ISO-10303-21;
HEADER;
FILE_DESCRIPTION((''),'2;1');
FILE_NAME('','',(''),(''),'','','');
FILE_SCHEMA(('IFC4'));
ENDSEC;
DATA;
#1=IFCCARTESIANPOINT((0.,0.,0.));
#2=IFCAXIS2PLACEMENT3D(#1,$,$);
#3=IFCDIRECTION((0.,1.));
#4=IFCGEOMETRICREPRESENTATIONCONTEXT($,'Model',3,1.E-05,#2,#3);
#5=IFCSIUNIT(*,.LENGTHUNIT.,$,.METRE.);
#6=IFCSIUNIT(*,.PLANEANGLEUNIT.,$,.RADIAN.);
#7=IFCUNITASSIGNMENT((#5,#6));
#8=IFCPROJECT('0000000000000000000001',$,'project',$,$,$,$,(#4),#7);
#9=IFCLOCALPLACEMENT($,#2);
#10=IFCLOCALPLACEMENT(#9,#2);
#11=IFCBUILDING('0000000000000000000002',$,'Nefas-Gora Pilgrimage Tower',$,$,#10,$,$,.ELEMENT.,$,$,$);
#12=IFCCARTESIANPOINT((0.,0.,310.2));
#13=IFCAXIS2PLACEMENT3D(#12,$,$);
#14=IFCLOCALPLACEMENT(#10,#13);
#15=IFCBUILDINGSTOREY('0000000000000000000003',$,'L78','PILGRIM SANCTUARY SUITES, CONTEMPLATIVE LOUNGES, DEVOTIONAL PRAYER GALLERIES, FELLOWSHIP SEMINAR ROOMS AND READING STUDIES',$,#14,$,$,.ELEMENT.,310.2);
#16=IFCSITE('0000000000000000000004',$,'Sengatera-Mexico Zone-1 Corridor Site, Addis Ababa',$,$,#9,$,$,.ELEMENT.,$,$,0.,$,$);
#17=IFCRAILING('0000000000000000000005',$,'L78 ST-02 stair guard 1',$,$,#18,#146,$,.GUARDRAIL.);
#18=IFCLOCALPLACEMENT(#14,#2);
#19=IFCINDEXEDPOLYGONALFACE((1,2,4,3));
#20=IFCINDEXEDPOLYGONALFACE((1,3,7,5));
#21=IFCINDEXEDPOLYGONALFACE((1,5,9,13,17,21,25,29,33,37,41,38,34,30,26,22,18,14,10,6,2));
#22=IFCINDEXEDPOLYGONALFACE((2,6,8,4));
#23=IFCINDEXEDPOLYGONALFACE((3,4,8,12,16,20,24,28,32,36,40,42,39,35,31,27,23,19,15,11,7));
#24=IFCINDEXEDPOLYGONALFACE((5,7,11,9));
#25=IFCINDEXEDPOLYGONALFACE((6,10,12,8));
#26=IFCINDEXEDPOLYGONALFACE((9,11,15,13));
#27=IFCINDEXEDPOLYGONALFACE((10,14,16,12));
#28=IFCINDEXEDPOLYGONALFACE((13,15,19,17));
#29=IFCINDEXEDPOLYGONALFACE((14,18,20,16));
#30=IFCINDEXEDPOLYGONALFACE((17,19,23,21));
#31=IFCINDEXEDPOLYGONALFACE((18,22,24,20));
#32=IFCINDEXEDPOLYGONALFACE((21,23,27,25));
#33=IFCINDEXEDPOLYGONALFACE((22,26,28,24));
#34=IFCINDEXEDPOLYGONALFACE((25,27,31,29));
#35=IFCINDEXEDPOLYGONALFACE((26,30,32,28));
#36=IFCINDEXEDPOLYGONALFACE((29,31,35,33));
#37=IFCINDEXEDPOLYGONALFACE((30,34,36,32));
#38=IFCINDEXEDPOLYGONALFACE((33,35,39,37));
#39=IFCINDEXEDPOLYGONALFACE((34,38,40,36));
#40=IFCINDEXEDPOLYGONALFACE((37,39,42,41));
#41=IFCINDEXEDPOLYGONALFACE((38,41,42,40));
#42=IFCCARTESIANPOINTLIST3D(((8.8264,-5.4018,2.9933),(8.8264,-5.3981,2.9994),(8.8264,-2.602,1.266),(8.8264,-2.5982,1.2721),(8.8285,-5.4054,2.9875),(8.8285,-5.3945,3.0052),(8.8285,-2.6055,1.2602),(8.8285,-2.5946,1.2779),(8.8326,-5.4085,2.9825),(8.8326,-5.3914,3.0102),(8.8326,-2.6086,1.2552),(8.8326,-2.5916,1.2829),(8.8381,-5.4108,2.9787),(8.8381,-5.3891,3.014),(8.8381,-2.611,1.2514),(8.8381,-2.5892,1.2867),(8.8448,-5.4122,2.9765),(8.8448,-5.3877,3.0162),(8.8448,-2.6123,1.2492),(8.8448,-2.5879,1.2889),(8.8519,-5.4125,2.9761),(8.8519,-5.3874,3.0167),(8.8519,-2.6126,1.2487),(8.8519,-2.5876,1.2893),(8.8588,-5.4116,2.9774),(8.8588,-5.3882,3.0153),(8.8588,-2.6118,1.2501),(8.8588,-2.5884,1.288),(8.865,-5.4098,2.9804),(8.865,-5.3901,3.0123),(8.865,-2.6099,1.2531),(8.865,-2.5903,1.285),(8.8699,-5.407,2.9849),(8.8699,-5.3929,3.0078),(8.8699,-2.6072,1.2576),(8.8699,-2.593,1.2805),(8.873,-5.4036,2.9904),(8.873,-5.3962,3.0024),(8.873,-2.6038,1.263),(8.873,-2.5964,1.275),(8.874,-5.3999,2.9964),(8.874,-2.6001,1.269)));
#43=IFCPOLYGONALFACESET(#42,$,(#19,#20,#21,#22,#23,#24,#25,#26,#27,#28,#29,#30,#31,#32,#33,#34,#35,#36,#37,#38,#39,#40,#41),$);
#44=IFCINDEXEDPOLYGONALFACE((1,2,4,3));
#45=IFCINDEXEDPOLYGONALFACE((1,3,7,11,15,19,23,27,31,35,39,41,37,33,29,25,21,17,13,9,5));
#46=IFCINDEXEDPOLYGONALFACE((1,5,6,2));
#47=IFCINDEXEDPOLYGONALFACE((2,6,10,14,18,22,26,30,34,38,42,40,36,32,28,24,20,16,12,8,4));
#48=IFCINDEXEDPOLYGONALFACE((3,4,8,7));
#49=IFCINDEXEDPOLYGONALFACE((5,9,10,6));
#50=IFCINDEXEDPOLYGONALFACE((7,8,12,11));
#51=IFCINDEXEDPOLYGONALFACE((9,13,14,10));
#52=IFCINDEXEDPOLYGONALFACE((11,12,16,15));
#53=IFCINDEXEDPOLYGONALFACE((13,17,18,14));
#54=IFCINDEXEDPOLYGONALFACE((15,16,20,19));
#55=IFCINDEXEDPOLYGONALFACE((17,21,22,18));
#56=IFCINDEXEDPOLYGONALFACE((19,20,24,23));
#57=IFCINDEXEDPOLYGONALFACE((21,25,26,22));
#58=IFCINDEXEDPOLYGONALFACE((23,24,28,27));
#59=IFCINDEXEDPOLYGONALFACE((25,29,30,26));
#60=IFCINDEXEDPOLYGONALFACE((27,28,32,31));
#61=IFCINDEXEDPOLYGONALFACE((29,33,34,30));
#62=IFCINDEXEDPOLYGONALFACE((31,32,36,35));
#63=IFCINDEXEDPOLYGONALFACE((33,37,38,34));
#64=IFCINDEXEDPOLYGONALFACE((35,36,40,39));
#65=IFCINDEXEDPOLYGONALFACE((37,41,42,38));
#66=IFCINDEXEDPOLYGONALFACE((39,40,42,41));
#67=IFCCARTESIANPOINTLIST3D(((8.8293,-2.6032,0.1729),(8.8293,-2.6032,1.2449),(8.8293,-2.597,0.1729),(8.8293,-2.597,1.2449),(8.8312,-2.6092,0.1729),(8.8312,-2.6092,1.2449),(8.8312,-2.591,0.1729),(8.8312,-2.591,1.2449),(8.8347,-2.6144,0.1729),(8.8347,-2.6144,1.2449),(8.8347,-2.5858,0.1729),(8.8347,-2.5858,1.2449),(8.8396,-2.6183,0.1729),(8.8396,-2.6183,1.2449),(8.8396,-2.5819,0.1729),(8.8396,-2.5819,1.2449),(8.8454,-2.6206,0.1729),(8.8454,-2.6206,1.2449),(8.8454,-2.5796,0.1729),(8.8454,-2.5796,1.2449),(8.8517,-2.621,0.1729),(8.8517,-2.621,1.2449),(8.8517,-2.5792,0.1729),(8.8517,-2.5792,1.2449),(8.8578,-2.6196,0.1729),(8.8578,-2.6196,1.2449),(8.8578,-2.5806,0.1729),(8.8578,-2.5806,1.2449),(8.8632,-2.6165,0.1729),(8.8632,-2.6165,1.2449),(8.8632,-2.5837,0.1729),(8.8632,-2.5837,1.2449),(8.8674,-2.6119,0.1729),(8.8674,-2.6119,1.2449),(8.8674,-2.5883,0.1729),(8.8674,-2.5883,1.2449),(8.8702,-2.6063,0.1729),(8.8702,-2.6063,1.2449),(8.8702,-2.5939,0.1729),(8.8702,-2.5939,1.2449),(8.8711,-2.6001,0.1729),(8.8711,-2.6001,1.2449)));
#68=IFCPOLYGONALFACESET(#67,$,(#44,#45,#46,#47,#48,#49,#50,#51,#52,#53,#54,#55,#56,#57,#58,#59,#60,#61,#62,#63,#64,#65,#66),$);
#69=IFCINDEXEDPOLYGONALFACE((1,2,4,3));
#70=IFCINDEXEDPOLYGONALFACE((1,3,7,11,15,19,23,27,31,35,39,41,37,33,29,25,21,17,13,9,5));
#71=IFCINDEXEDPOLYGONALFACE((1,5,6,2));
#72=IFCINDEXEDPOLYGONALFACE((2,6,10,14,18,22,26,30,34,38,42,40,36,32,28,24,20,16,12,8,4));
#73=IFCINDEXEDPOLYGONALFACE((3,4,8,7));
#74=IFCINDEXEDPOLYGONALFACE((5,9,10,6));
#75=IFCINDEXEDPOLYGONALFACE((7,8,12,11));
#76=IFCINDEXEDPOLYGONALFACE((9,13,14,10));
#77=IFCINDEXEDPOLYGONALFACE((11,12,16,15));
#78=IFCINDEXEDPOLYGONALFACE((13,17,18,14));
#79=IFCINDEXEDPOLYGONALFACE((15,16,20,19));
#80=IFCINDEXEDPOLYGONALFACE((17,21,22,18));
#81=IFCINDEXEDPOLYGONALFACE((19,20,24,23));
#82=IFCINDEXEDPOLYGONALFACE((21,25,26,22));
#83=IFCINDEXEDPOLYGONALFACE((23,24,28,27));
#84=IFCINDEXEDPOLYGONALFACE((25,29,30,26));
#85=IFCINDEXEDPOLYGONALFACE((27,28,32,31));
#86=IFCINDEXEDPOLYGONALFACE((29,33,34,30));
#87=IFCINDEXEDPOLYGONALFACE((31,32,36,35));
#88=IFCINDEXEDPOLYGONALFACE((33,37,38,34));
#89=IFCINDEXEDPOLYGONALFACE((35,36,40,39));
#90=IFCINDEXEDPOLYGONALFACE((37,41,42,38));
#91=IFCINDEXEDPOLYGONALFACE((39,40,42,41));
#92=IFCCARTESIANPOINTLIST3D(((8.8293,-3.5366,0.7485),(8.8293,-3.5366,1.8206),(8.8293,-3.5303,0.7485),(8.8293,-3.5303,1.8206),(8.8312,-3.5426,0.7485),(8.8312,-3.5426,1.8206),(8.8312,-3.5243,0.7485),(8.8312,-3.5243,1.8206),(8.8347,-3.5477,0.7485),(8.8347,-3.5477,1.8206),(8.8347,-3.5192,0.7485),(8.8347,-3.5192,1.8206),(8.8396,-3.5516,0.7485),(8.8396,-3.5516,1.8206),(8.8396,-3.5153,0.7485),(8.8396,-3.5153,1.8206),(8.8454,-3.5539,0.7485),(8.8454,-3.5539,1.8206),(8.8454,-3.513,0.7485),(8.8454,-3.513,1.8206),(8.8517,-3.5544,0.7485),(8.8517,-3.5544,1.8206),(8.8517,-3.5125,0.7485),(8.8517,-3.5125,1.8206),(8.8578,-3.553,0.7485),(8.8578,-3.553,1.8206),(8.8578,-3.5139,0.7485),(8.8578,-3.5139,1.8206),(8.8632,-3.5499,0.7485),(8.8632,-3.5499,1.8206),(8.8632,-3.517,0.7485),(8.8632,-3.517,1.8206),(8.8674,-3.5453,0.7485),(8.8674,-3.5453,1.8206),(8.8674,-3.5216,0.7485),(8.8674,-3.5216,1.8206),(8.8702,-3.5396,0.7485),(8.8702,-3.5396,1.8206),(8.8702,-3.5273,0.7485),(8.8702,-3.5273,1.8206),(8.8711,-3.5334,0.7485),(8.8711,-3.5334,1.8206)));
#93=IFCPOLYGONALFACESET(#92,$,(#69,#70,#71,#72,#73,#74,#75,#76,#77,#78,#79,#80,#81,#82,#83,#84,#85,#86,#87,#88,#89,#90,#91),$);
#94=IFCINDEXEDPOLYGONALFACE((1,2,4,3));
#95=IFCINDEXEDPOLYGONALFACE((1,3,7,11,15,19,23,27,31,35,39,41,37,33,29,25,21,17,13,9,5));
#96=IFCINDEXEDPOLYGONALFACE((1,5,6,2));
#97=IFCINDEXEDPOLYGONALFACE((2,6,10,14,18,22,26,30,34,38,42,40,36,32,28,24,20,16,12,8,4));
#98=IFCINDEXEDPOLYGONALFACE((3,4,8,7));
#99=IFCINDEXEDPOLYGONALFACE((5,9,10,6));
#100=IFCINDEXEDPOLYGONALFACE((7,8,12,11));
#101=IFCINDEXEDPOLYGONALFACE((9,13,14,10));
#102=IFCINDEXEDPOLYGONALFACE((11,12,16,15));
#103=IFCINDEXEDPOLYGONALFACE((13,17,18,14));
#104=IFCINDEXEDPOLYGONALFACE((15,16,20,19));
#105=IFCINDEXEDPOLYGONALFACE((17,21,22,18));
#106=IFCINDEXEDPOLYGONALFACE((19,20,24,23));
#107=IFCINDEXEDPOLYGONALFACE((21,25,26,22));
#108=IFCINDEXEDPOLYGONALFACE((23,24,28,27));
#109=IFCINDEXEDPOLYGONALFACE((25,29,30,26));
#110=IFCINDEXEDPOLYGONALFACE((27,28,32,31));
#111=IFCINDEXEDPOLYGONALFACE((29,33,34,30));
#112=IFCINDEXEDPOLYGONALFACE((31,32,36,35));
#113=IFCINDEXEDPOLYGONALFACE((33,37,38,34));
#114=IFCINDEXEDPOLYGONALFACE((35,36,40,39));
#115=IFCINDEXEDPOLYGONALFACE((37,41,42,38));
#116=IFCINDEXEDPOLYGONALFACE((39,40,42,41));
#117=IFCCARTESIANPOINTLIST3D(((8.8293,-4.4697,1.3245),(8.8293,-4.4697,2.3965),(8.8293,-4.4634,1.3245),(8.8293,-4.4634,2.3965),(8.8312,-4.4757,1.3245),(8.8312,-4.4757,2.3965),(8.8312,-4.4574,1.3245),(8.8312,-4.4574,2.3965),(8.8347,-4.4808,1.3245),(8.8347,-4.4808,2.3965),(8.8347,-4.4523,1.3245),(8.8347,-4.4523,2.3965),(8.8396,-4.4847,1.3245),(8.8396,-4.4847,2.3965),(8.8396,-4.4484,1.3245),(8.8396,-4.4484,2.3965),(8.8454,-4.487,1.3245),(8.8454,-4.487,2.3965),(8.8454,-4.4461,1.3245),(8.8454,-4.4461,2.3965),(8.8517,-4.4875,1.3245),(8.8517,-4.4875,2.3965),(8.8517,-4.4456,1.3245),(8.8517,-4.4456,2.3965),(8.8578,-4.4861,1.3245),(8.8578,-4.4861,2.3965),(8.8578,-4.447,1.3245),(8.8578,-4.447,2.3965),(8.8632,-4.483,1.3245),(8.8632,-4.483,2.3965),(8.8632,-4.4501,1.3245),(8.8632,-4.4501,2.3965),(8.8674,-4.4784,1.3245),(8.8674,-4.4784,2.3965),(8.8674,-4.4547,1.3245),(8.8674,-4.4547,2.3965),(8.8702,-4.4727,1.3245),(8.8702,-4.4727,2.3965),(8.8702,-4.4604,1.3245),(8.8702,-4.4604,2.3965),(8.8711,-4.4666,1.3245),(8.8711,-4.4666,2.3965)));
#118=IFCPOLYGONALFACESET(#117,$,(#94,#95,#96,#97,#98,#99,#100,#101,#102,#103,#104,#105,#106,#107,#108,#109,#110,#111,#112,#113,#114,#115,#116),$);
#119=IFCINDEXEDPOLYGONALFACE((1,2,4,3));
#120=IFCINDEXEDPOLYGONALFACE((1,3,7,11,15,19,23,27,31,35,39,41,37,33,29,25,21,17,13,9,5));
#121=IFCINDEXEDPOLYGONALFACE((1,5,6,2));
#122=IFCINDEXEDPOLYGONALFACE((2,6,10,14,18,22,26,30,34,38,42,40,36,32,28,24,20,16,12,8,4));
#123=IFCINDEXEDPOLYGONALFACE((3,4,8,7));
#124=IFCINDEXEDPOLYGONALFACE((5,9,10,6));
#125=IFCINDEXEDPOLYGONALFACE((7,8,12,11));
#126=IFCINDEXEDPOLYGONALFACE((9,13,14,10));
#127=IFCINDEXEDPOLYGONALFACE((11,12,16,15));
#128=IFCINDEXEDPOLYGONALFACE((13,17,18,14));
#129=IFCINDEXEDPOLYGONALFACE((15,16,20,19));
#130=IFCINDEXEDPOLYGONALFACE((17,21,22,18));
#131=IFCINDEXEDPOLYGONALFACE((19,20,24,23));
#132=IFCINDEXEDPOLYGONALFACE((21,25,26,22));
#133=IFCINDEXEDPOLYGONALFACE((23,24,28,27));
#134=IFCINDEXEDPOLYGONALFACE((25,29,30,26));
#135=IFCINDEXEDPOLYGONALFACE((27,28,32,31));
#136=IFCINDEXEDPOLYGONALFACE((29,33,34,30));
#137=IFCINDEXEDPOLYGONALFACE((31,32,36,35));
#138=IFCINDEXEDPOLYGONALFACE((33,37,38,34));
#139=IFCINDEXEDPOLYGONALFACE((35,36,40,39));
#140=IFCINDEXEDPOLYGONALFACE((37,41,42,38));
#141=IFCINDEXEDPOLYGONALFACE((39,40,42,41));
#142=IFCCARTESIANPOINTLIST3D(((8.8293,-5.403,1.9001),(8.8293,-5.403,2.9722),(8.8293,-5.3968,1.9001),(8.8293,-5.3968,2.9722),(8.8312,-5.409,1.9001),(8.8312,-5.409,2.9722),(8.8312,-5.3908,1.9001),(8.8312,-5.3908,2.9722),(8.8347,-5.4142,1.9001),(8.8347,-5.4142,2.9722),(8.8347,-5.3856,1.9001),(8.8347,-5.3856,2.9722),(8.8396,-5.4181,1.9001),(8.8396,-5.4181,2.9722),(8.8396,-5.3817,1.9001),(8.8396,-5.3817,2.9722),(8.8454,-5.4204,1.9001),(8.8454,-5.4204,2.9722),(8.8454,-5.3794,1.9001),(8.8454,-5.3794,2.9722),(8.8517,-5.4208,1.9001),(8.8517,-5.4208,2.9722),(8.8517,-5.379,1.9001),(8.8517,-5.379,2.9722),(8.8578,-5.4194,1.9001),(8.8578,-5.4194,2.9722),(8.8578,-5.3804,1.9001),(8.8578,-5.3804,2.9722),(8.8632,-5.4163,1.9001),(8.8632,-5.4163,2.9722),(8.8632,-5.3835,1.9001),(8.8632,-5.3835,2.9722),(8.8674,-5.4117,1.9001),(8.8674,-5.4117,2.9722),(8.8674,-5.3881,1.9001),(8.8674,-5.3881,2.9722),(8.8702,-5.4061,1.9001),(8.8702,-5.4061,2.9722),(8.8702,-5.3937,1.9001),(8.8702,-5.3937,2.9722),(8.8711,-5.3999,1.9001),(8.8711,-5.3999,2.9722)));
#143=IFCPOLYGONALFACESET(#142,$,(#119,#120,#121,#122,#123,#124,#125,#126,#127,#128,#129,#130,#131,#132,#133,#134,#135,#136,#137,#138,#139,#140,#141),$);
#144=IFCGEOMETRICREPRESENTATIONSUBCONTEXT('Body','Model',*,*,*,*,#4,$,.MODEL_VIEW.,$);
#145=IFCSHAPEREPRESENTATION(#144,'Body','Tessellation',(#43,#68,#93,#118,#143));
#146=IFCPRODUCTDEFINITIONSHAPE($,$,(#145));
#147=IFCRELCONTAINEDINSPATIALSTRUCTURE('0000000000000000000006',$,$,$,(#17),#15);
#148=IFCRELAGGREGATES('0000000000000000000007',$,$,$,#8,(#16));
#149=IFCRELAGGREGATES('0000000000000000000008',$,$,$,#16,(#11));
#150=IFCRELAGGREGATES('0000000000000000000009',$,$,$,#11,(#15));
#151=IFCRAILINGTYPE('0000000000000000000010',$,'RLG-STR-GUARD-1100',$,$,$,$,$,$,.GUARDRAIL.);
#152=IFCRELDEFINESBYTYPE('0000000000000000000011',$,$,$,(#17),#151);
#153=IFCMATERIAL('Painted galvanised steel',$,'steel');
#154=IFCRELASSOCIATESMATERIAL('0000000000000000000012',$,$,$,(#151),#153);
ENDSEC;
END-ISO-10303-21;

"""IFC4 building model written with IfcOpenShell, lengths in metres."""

from ifc_helpers import new_model, si_unit, direction, frame, origin, origin_2d, place, context, subcontext, project, spatial, circle, extrude, material, type_object, element, save


model = new_model("IFC4")

# Units and contexts
model_context = context("Model", 3, precision=1e-05, world=origin(), true_north=direction((0.0, 1.0)))
body_context = subcontext(model_context, "Body", "Model", "MODEL_VIEW")
ifc_project = project(units=[si_unit("LENGTHUNIT", "METRE"), si_unit("PLANEANGLEUNIT", "RADIAN")], contexts=[model_context])

# Site, building, storey
site_placement = place(None, origin())
site = spatial("IfcSite", under=ifc_project, at=site_placement, Name="Sengatera-Mexico Zone-1 Corridor Site, Addis Ababa", CompositionType="ELEMENT", RefElevation=0.0)
building_placement = place(site_placement, origin())
building = spatial("IfcBuilding", under=site, at=building_placement, Name="Nefas-Gora Pilgrimage Tower", CompositionType="ELEMENT")
storey_placement = place(building_placement, frame((0.0, 0.0, 310.2)))
storey = spatial("IfcBuildingStorey", under=building, at=storey_placement, Name="L78", Description="PILGRIM SANCTUARY SUITES, CONTEMPLATIVE LOUNGES, DEVOTIONAL PRAYER GALLERIES, FELLOWSHIP SEMINAR ROOMS AND READING STUDIES", CompositionType="ELEMENT", Elevation=310.2)

# Railing
ifc_material_1 = material(Name="Painted galvanised steel", Category="steel")
railing_type_1 = type_object("IfcRailingType", Name="RLG-STR-GUARD-1100", PredefinedType="GUARDRAIL", material=ifc_material_1)
railing_1_placement = place(storey_placement, frame((8.8501, -2.6001, 0.1729)))
element("IfcRailing", 1, at=railing_1_placement, inside=storey, type_object=railing_type_1, Name="L78 ST-02 stair guard 1", PredefinedType="GUARDRAIL", context=body_context, shape_type="SweptSolid", body=[
    extrude(circle(Radius=0.0239, at=origin_2d()), frame((0.0, 0.0, 1.0962), z_axis=(0.0, -0.851069, 0.525054), x_axis=(1.0, 0.0, 0.0)), (0.0, 0.0, 1.0), 3.2898),
    extrude(circle(Radius=0.021, at=origin_2d()), origin(), (0.0, 0.0, 1.0), 1.072),
    extrude(circle(Radius=0.021, at=origin_2d()), frame((0.0, -0.9333, 0.5757)), (0.0, 0.0, 1.0), 1.072),
    extrude(circle(Radius=0.021, at=origin_2d()), frame((0.0, -1.8665, 1.1516)), (0.0, 0.0, 1.0), 1.072),
    extrude(circle(Radius=0.021, at=origin_2d()), frame((0.0, -2.7998, 1.7273)), (0.0, 0.0, 1.0), 1.072),
])

save(model, "model.ifc")
